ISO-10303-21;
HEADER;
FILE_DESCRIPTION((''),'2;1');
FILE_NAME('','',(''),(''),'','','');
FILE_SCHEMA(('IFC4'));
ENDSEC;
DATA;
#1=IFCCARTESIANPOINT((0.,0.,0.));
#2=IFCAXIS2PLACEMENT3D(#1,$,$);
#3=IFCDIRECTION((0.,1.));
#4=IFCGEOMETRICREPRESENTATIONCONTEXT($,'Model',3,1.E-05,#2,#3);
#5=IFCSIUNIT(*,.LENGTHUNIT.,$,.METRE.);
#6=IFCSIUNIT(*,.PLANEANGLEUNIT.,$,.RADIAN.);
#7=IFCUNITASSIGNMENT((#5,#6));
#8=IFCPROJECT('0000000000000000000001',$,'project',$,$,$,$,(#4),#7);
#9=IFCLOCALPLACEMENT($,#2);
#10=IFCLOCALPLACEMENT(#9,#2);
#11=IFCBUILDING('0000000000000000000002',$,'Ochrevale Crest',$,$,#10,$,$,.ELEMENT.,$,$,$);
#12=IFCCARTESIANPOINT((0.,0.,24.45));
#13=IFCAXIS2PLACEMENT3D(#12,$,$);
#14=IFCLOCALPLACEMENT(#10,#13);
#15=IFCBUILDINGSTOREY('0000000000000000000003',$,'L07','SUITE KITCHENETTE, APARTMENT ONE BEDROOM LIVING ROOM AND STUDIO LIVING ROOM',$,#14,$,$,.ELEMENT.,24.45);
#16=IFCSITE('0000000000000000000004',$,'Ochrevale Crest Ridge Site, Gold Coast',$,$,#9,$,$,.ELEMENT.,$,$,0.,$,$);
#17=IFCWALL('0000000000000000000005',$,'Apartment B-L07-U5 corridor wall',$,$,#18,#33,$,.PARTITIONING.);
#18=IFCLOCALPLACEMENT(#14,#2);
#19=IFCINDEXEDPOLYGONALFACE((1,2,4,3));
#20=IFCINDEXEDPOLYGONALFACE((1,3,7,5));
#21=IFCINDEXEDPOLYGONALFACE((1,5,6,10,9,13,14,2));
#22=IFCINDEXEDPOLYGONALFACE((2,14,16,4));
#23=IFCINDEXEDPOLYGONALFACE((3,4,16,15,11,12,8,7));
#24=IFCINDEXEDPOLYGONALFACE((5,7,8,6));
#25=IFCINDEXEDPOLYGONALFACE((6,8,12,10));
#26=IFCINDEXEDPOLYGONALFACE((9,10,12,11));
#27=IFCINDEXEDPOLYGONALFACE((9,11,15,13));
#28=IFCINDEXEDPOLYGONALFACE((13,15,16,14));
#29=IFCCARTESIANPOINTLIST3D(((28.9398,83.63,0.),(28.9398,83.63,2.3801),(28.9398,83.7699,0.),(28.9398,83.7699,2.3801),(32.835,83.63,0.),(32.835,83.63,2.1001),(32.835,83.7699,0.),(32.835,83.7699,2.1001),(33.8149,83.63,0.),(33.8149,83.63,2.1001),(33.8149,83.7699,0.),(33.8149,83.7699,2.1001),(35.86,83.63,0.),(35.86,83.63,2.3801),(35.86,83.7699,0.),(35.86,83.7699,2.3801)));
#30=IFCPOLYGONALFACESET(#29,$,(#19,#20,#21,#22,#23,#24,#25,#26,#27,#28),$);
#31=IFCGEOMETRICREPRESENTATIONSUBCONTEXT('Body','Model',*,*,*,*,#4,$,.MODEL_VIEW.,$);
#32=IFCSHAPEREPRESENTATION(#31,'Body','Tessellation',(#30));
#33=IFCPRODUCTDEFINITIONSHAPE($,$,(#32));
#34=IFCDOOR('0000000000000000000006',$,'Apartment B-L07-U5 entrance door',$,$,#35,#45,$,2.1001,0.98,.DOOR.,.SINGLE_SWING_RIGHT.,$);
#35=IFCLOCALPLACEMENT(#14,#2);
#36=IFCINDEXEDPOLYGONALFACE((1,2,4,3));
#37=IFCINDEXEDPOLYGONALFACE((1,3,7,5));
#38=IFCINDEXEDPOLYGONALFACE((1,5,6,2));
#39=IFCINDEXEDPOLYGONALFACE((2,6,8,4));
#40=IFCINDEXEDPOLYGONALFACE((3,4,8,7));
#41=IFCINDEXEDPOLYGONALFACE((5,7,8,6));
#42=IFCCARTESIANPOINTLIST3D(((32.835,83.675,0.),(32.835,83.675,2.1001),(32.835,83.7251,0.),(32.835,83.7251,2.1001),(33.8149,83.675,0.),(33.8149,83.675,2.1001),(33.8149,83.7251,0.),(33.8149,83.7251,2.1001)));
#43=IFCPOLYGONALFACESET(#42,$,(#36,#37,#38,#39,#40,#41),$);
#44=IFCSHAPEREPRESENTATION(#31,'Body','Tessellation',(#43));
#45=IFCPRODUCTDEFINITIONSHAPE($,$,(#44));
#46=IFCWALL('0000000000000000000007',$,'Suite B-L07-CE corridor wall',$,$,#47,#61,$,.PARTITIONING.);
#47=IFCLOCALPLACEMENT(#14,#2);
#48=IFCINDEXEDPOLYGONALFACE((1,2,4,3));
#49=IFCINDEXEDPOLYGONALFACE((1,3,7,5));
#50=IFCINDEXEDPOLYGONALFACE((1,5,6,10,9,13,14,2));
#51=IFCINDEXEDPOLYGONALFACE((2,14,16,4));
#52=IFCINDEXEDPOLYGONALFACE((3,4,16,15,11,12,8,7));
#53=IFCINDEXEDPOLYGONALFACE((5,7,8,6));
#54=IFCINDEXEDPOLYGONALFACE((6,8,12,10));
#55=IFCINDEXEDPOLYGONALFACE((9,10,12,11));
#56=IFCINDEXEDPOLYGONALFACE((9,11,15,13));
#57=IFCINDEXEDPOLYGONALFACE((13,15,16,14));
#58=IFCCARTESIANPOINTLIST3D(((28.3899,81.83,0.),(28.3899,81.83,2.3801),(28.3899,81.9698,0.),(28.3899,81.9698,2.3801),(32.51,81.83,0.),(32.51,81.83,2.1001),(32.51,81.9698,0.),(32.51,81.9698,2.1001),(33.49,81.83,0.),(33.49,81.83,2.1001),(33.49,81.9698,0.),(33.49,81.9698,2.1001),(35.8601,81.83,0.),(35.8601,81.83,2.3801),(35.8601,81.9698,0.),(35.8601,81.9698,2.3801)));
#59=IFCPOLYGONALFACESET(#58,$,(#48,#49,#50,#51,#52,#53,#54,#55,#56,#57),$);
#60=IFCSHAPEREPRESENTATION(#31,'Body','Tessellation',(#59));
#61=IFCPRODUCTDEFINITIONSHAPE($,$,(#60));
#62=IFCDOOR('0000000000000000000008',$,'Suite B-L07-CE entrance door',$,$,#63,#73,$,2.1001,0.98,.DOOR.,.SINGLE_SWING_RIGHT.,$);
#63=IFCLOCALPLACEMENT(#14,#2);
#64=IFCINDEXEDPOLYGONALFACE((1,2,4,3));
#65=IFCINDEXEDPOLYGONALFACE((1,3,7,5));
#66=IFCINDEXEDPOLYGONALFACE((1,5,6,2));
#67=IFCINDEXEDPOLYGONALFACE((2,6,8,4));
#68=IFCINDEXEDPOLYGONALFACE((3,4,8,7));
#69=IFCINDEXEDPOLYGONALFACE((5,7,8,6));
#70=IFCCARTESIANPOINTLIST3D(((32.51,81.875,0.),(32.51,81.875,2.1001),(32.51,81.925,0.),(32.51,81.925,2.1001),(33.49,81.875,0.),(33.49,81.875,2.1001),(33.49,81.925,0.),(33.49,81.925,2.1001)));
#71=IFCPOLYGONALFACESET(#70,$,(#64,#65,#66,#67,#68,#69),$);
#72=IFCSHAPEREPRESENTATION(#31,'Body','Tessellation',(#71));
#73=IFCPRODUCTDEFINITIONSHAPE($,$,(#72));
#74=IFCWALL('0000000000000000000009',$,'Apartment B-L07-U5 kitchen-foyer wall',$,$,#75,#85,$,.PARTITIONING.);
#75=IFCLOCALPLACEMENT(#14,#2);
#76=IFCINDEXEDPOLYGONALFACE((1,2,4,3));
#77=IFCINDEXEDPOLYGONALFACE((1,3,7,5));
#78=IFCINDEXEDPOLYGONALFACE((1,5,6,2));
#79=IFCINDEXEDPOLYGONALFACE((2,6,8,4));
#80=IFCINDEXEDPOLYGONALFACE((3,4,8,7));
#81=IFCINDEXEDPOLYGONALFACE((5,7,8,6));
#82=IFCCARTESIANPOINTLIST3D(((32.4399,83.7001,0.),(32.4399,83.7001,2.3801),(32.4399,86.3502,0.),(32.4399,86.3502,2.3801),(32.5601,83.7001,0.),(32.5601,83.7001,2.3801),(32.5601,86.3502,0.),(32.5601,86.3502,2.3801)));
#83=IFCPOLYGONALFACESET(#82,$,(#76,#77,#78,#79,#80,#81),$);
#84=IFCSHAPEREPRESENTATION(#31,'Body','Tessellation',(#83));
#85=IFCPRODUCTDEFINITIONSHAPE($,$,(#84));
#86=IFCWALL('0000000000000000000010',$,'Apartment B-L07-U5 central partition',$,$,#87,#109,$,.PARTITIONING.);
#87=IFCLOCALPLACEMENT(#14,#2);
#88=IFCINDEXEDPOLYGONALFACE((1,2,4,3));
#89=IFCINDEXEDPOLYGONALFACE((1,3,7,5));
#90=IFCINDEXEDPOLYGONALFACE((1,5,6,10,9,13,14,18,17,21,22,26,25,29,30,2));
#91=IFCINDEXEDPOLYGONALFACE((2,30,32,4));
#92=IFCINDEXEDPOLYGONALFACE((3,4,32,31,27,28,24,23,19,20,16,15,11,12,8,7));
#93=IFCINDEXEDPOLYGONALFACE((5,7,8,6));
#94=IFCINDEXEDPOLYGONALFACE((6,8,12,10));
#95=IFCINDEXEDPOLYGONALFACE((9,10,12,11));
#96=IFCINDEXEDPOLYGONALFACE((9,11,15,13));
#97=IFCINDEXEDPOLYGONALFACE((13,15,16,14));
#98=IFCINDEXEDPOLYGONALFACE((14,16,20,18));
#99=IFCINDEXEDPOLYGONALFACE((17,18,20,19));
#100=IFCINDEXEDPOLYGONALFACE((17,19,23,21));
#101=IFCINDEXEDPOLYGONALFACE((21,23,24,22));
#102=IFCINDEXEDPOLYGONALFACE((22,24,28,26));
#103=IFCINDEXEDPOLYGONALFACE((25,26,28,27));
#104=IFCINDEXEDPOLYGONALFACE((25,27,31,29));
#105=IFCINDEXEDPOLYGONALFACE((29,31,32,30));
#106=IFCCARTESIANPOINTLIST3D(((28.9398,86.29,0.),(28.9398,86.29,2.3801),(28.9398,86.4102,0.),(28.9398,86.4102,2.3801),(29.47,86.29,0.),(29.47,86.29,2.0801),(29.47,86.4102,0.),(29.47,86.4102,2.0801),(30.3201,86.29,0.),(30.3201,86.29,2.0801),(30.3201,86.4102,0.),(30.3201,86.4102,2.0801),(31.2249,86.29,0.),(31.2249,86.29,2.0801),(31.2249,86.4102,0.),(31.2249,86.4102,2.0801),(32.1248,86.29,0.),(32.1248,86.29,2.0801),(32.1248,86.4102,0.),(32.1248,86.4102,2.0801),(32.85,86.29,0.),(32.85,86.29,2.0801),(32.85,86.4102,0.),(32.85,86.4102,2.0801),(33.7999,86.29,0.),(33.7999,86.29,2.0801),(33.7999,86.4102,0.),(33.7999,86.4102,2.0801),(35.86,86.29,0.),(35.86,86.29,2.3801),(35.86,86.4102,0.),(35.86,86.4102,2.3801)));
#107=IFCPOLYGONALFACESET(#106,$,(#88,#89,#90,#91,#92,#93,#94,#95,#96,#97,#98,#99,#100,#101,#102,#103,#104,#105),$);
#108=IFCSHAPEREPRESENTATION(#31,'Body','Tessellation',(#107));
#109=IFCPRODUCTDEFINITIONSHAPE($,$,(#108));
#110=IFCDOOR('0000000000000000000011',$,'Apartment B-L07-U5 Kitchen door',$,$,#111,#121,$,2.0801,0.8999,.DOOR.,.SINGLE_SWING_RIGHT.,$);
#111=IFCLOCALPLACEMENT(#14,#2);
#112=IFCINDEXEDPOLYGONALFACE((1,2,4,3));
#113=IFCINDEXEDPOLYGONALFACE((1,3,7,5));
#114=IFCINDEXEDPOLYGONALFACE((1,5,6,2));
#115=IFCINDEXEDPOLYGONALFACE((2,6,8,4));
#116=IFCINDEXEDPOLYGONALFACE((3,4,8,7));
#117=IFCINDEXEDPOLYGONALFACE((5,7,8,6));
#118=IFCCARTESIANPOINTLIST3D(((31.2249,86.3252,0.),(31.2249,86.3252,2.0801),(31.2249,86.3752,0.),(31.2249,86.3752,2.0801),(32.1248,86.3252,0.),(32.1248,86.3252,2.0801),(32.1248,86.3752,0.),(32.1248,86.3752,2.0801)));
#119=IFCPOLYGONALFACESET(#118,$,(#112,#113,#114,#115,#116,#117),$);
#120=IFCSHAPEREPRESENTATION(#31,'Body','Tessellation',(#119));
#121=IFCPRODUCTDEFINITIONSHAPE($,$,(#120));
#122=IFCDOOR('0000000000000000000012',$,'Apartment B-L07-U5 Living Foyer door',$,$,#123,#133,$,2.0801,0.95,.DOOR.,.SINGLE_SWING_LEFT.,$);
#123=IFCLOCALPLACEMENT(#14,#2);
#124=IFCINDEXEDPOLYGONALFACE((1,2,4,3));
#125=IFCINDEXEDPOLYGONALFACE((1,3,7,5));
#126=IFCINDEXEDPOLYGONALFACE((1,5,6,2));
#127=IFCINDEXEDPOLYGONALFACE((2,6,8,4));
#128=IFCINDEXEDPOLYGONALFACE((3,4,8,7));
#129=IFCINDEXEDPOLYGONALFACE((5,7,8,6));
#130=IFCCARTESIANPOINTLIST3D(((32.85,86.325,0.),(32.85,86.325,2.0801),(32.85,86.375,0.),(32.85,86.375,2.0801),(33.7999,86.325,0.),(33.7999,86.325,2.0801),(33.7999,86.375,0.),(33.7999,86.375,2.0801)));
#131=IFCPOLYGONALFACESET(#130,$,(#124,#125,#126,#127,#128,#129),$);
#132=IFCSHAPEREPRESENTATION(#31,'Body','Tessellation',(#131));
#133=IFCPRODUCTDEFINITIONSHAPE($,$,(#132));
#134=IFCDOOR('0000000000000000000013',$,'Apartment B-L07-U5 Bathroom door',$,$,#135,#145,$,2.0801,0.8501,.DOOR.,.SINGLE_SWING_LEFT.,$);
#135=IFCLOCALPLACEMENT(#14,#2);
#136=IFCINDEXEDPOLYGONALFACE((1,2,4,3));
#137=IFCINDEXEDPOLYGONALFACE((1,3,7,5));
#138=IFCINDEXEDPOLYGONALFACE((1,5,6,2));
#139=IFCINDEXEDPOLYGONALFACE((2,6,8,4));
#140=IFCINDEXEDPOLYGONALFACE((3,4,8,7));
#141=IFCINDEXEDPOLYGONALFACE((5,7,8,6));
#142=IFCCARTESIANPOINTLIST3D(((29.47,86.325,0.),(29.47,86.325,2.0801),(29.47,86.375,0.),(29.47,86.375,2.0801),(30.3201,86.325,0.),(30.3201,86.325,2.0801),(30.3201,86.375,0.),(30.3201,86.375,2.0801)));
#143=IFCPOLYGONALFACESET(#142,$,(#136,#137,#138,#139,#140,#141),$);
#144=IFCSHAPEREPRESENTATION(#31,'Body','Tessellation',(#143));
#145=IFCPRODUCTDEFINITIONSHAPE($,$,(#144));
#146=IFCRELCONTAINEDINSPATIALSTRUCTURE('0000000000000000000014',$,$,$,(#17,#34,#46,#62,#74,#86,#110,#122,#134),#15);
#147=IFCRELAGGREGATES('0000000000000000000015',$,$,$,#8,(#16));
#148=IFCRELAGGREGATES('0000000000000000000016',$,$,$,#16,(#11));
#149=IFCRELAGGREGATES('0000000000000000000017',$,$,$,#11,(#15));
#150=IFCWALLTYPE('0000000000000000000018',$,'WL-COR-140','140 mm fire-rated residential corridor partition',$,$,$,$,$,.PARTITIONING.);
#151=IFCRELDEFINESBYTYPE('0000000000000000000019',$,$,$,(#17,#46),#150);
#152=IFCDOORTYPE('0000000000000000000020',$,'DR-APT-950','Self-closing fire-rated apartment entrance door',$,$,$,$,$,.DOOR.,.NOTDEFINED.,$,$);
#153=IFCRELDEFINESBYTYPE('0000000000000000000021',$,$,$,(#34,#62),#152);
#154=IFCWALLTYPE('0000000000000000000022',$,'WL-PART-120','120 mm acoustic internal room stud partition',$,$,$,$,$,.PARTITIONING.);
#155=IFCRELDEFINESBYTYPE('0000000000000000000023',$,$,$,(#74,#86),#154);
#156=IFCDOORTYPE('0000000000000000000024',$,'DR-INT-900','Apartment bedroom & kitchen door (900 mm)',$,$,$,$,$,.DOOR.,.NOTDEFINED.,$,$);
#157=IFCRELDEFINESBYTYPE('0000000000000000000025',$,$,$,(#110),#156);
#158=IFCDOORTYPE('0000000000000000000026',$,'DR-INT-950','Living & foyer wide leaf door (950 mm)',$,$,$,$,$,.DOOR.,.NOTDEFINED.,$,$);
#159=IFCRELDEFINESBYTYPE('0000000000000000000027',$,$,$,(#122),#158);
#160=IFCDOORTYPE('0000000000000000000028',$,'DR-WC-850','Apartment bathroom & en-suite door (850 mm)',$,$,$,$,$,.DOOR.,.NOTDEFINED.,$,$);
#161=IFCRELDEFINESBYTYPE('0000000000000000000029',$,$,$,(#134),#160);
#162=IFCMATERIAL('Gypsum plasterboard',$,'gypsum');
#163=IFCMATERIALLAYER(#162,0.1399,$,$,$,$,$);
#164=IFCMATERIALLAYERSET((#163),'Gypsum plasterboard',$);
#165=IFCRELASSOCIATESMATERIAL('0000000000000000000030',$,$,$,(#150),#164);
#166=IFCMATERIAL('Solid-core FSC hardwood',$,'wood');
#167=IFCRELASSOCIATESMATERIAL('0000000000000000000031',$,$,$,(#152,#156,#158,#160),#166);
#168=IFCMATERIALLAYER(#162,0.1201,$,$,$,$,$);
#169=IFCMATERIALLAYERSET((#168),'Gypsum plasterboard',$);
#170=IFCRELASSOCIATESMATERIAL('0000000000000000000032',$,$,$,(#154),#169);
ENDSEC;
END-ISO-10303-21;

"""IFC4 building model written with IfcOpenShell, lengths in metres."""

from ifc_helpers import new_model, si_unit, direction, frame, frame_2d, origin, place, context, subcontext, project, spatial, rectangle, extrude, material, layer, layer_set, type_object, element, fill, save


model = new_model("IFC4")

# Units and contexts
model_context = context("Model", 3, precision=1e-05, world=origin(), true_north=direction((0.0, 1.0)))
body_context = subcontext(model_context, "Body", "Model", "MODEL_VIEW")
ifc_project = project(units=[si_unit("LENGTHUNIT", "METRE"), si_unit("PLANEANGLEUNIT", "RADIAN")], contexts=[model_context])

# Site, building, storey
site_placement = place(None, origin())
site = spatial("IfcSite", under=ifc_project, at=site_placement, Name="Ochrevale Crest Ridge Site, Gold Coast", CompositionType="ELEMENT", RefElevation=0.0)
building_placement = place(site_placement, origin())
building = spatial("IfcBuilding", under=site, at=building_placement, Name="Ochrevale Crest", CompositionType="ELEMENT")
storey_placement = place(building_placement, frame((0.0, 0.0, 24.45)))
storey = spatial("IfcBuildingStorey", under=building, at=storey_placement, Name="L07", Description="SUITE KITCHENETTE, APARTMENT ONE BEDROOM LIVING ROOM AND STUDIO LIVING ROOM", CompositionType="ELEMENT", Elevation=24.45)

# Walls, openings, doors
ifc_material_1 = material(Name="Gypsum plasterboard", Category="gypsum")
ifc_layer_1 = layer(ifc_material_1, 0.1399)
ifc_layer_set_1 = layer_set([ifc_layer_1], Name="Gypsum plasterboard")
wall_type_1 = type_object("IfcWallType", Name="WL-COR-140", Description="140 mm fire-rated residential corridor partition", PredefinedType="PARTITIONING", material=ifc_layer_set_1)
wall_1_placement = place(storey_placement, frame((28.9399, 83.7, 0.0), z_axis=(0.0, 0.0, 1.0), x_axis=(1.0, 0.0, 0.0)))
wall_1 = element("IfcWall", 1, at=wall_1_placement, inside=storey, type_object=wall_type_1, Name="Apartment B-L07-U5 corridor wall", PredefinedType="PARTITIONING", context=body_context, shape_type="SweptSolid", body=[
    extrude(rectangle(XDim=6.9202, YDim=0.1399, at=frame_2d((3.46, 0.0))), origin(), (0.0, 0.0, 1.0), 2.3801),
])
opening_1_placement = place(wall_1_placement, frame((4.875, 0.0, 0.0), z_axis=(0.0, 0.0, 1.0), x_axis=(-1.0, 0.0, 0.0)))
opening_1 = element("IfcOpeningElement", 2, at=opening_1_placement, cuts=wall_1, PredefinedType="OPENING", context=body_context, shape_type="SweptSolid", body=[
    extrude(rectangle(XDim=0.98, YDim=2.1001, at=frame_2d((0.49, 1.05))), frame((0.0, 0.0801, 0.0), z_axis=(0.0, -1.0, 0.0), x_axis=(1.0, 0.0, 0.0)), (0.0, 0.0, 1.0), 0.1599),
])
ifc_material_2 = material(Name="Solid-core FSC hardwood", Category="wood")
door_type_1 = type_object("IfcDoorType", Name="DR-APT-950", Description="Self-closing fire-rated apartment entrance door", OperationType="NOTDEFINED", PredefinedType="DOOR", material=ifc_material_2)
door_1_placement = place(opening_1_placement, origin())
door_1 = element("IfcDoor", 3, at=door_1_placement, inside=storey, type_object=door_type_1, Name="Apartment B-L07-U5 entrance door", OperationType="SINGLE_SWING_RIGHT", OverallHeight=2.1001, OverallWidth=0.98, PredefinedType="DOOR", context=body_context, shape_type="SweptSolid", body=[
    extrude(rectangle(XDim=0.98, YDim=2.1001, at=frame_2d((0.49, 1.05))), frame((0.0, 0.0249, 0.0), z_axis=(0.0, -1.0, 0.0), x_axis=(1.0, 0.0, 0.0)), (0.0, 0.0, 1.0), 0.05),
])
fill(opening_1, door_1)
wall_2_placement = place(storey_placement, frame((28.3899, 81.8999, 0.0), z_axis=(0.0, 0.0, 1.0), x_axis=(1.0, 0.0, 0.0)))
wall_2 = element("IfcWall", 4, at=wall_2_placement, inside=storey, type_object=wall_type_1, Name="Suite B-L07-CE corridor wall", PredefinedType="PARTITIONING", context=body_context, shape_type="SweptSolid", body=[
    extrude(rectangle(XDim=7.4702, YDim=0.1399, at=frame_2d((3.7351, 0.0))), origin(), (0.0, 0.0, 1.0), 2.3801),
])
opening_2_placement = place(wall_2_placement, frame((5.1001, 0.0, 0.0), z_axis=(0.0, 0.0, 1.0), x_axis=(-1.0, 0.0, 0.0)))
opening_2 = element("IfcOpeningElement", 5, at=opening_2_placement, cuts=wall_2, PredefinedType="OPENING", context=body_context, shape_type="SweptSolid", body=[
    extrude(rectangle(XDim=0.98, YDim=2.1001, at=frame_2d((0.49, 1.05))), frame((0.0, 0.0801, 0.0), z_axis=(0.0, -1.0, 0.0), x_axis=(1.0, 0.0, 0.0)), (0.0, 0.0, 1.0), 0.1599),
])
door_2_placement = place(opening_2_placement, origin())
door_2 = element("IfcDoor", 6, at=door_2_placement, inside=storey, type_object=door_type_1, Name="Suite B-L07-CE entrance door", OperationType="SINGLE_SWING_RIGHT", OverallHeight=2.1001, OverallWidth=0.98, PredefinedType="DOOR", context=body_context, shape_type="SweptSolid", body=[
    extrude(rectangle(XDim=0.98, YDim=2.1001, at=frame_2d((0.49, 1.05))), frame((0.0, 0.0249, 0.0), z_axis=(0.0, -1.0, 0.0), x_axis=(1.0, 0.0, 0.0)), (0.0, 0.0, 1.0), 0.05),
])
fill(opening_2, door_2)

# Wall
ifc_layer_2 = layer(ifc_material_1, 0.1201)
ifc_layer_set_2 = layer_set([ifc_layer_2], Name="Gypsum plasterboard")
wall_type_2 = type_object("IfcWallType", Name="WL-PART-120", Description="120 mm acoustic internal room stud partition", PredefinedType="PARTITIONING", material=ifc_layer_set_2)
wall_3_placement = place(storey_placement, frame((32.5, 83.7, 0.0), z_axis=(0.0, 0.0, 1.0), x_axis=(0.0, 1.0, 0.0)))
element("IfcWall", 7, at=wall_3_placement, inside=storey, type_object=wall_type_2, Name="Apartment B-L07-U5 kitchen-foyer wall", PredefinedType="PARTITIONING", context=body_context, shape_type="SweptSolid", body=[
    extrude(rectangle(XDim=2.6501, YDim=0.1201, at=frame_2d((1.3252, 0.0))), origin(), (0.0, 0.0, 1.0), 2.3801),
])

# Wall, openings, doors
wall_4_placement = place(storey_placement, frame((28.9399, 86.3501, 0.0), z_axis=(0.0, 0.0, 1.0), x_axis=(1.0, 0.0, 0.0)))
wall_4 = element("IfcWall", 8, at=wall_4_placement, inside=storey, type_object=wall_type_2, Name="Apartment B-L07-U5 central partition", PredefinedType="PARTITIONING", context=body_context, shape_type="SweptSolid", body=[
    extrude(rectangle(XDim=6.9202, YDim=0.1201, at=frame_2d((3.46, 0.0))), origin(), (0.0, 0.0, 1.0), 2.3801),
])
opening_3_placement = place(wall_4_placement, frame((0.53, 0.0, 0.0)))
opening_3 = element("IfcOpeningElement", 9, at=opening_3_placement, cuts=wall_4, PredefinedType="OPENING", context=body_context, shape_type="SweptSolid", body=[
    extrude(rectangle(XDim=0.8501, YDim=2.0801, at=frame_2d((0.425, 1.04))), frame((0.0, 0.0701, 0.0), z_axis=(0.0, -1.0, 0.0), x_axis=(1.0, 0.0, 0.0)), (0.0, 0.0, 1.0), 0.1401),
])
opening_4_placement = place(wall_4_placement, frame((3.1848, 0.0, 0.0), z_axis=(0.0, 0.0, 1.0), x_axis=(-1.0, 0.0, 0.0)))
opening_4 = element("IfcOpeningElement", 10, at=opening_4_placement, cuts=wall_4, PredefinedType="OPENING", context=body_context, shape_type="SweptSolid", body=[
    extrude(rectangle(XDim=0.8999, YDim=2.0801, at=frame_2d((0.45, 1.04))), frame((0.0, 0.0701, 0.0), z_axis=(0.0, -1.0, 0.0), x_axis=(1.0, 0.0, 0.0)), (0.0, 0.0, 1.0), 0.1401),
])
opening_5_placement = place(wall_4_placement, frame((3.9099, 0.0, 0.0)))
opening_5 = element("IfcOpeningElement", 11, at=opening_5_placement, cuts=wall_4, PredefinedType="OPENING", context=body_context, shape_type="SweptSolid", body=[
    extrude(rectangle(XDim=0.95, YDim=2.0801, at=frame_2d((0.4751, 1.04))), frame((0.0, 0.0701, 0.0), z_axis=(0.0, -1.0, 0.0), x_axis=(1.0, 0.0, 0.0)), (0.0, 0.0, 1.0), 0.1401),
])
door_type_2 = type_object("IfcDoorType", Name="DR-INT-900", Description="Apartment bedroom & kitchen door (900 mm)", OperationType="NOTDEFINED", PredefinedType="DOOR", material=ifc_material_2)
door_3_placement = place(opening_4_placement, origin())
door_3 = element("IfcDoor", 12, at=door_3_placement, inside=storey, type_object=door_type_2, Name="Apartment B-L07-U5 Kitchen door", OperationType="SINGLE_SWING_RIGHT", OverallHeight=2.0801, OverallWidth=0.8999, PredefinedType="DOOR", context=body_context, shape_type="SweptSolid", body=[
    extrude(rectangle(XDim=0.8999, YDim=2.0801, at=frame_2d((0.45, 1.04))), frame((0.0, 0.0249, 0.0), z_axis=(0.0, -1.0, 0.0), x_axis=(1.0, 0.0, 0.0)), (0.0, 0.0, 1.0), 0.05),
])
fill(opening_4, door_3)
door_type_3 = type_object("IfcDoorType", Name="DR-INT-950", Description="Living & foyer wide leaf door (950 mm)", OperationType="NOTDEFINED", PredefinedType="DOOR", material=ifc_material_2)
door_4_placement = place(opening_5_placement, origin())
door_4 = element("IfcDoor", 13, at=door_4_placement, inside=storey, type_object=door_type_3, Name="Apartment B-L07-U5 Living Foyer door", OperationType="SINGLE_SWING_LEFT", OverallHeight=2.0801, OverallWidth=0.95, PredefinedType="DOOR", context=body_context, shape_type="SweptSolid", body=[
    extrude(rectangle(XDim=0.95, YDim=2.0801, at=frame_2d((0.4751, 1.04))), frame((0.0, 0.0249, 0.0), z_axis=(0.0, -1.0, 0.0), x_axis=(1.0, 0.0, 0.0)), (0.0, 0.0, 1.0), 0.05),
])
fill(opening_5, door_4)
door_type_4 = type_object("IfcDoorType", Name="DR-WC-850", Description="Apartment bathroom & en-suite door (850 mm)", OperationType="NOTDEFINED", PredefinedType="DOOR", material=ifc_material_2)
door_5_placement = place(opening_3_placement, origin())
door_5 = element("IfcDoor", 14, at=door_5_placement, inside=storey, type_object=door_type_4, Name="Apartment B-L07-U5 Bathroom door", OperationType="SINGLE_SWING_LEFT", OverallHeight=2.0801, OverallWidth=0.8501, PredefinedType="DOOR", context=body_context, shape_type="SweptSolid", body=[
    extrude(rectangle(XDim=0.8501, YDim=2.0801, at=frame_2d((0.425, 1.04))), frame((0.0, 0.0249, 0.0), z_axis=(0.0, -1.0, 0.0), x_axis=(1.0, 0.0, 0.0)), (0.0, 0.0, 1.0), 0.05),
])
fill(opening_3, door_5)

save(model, "model.ifc")
